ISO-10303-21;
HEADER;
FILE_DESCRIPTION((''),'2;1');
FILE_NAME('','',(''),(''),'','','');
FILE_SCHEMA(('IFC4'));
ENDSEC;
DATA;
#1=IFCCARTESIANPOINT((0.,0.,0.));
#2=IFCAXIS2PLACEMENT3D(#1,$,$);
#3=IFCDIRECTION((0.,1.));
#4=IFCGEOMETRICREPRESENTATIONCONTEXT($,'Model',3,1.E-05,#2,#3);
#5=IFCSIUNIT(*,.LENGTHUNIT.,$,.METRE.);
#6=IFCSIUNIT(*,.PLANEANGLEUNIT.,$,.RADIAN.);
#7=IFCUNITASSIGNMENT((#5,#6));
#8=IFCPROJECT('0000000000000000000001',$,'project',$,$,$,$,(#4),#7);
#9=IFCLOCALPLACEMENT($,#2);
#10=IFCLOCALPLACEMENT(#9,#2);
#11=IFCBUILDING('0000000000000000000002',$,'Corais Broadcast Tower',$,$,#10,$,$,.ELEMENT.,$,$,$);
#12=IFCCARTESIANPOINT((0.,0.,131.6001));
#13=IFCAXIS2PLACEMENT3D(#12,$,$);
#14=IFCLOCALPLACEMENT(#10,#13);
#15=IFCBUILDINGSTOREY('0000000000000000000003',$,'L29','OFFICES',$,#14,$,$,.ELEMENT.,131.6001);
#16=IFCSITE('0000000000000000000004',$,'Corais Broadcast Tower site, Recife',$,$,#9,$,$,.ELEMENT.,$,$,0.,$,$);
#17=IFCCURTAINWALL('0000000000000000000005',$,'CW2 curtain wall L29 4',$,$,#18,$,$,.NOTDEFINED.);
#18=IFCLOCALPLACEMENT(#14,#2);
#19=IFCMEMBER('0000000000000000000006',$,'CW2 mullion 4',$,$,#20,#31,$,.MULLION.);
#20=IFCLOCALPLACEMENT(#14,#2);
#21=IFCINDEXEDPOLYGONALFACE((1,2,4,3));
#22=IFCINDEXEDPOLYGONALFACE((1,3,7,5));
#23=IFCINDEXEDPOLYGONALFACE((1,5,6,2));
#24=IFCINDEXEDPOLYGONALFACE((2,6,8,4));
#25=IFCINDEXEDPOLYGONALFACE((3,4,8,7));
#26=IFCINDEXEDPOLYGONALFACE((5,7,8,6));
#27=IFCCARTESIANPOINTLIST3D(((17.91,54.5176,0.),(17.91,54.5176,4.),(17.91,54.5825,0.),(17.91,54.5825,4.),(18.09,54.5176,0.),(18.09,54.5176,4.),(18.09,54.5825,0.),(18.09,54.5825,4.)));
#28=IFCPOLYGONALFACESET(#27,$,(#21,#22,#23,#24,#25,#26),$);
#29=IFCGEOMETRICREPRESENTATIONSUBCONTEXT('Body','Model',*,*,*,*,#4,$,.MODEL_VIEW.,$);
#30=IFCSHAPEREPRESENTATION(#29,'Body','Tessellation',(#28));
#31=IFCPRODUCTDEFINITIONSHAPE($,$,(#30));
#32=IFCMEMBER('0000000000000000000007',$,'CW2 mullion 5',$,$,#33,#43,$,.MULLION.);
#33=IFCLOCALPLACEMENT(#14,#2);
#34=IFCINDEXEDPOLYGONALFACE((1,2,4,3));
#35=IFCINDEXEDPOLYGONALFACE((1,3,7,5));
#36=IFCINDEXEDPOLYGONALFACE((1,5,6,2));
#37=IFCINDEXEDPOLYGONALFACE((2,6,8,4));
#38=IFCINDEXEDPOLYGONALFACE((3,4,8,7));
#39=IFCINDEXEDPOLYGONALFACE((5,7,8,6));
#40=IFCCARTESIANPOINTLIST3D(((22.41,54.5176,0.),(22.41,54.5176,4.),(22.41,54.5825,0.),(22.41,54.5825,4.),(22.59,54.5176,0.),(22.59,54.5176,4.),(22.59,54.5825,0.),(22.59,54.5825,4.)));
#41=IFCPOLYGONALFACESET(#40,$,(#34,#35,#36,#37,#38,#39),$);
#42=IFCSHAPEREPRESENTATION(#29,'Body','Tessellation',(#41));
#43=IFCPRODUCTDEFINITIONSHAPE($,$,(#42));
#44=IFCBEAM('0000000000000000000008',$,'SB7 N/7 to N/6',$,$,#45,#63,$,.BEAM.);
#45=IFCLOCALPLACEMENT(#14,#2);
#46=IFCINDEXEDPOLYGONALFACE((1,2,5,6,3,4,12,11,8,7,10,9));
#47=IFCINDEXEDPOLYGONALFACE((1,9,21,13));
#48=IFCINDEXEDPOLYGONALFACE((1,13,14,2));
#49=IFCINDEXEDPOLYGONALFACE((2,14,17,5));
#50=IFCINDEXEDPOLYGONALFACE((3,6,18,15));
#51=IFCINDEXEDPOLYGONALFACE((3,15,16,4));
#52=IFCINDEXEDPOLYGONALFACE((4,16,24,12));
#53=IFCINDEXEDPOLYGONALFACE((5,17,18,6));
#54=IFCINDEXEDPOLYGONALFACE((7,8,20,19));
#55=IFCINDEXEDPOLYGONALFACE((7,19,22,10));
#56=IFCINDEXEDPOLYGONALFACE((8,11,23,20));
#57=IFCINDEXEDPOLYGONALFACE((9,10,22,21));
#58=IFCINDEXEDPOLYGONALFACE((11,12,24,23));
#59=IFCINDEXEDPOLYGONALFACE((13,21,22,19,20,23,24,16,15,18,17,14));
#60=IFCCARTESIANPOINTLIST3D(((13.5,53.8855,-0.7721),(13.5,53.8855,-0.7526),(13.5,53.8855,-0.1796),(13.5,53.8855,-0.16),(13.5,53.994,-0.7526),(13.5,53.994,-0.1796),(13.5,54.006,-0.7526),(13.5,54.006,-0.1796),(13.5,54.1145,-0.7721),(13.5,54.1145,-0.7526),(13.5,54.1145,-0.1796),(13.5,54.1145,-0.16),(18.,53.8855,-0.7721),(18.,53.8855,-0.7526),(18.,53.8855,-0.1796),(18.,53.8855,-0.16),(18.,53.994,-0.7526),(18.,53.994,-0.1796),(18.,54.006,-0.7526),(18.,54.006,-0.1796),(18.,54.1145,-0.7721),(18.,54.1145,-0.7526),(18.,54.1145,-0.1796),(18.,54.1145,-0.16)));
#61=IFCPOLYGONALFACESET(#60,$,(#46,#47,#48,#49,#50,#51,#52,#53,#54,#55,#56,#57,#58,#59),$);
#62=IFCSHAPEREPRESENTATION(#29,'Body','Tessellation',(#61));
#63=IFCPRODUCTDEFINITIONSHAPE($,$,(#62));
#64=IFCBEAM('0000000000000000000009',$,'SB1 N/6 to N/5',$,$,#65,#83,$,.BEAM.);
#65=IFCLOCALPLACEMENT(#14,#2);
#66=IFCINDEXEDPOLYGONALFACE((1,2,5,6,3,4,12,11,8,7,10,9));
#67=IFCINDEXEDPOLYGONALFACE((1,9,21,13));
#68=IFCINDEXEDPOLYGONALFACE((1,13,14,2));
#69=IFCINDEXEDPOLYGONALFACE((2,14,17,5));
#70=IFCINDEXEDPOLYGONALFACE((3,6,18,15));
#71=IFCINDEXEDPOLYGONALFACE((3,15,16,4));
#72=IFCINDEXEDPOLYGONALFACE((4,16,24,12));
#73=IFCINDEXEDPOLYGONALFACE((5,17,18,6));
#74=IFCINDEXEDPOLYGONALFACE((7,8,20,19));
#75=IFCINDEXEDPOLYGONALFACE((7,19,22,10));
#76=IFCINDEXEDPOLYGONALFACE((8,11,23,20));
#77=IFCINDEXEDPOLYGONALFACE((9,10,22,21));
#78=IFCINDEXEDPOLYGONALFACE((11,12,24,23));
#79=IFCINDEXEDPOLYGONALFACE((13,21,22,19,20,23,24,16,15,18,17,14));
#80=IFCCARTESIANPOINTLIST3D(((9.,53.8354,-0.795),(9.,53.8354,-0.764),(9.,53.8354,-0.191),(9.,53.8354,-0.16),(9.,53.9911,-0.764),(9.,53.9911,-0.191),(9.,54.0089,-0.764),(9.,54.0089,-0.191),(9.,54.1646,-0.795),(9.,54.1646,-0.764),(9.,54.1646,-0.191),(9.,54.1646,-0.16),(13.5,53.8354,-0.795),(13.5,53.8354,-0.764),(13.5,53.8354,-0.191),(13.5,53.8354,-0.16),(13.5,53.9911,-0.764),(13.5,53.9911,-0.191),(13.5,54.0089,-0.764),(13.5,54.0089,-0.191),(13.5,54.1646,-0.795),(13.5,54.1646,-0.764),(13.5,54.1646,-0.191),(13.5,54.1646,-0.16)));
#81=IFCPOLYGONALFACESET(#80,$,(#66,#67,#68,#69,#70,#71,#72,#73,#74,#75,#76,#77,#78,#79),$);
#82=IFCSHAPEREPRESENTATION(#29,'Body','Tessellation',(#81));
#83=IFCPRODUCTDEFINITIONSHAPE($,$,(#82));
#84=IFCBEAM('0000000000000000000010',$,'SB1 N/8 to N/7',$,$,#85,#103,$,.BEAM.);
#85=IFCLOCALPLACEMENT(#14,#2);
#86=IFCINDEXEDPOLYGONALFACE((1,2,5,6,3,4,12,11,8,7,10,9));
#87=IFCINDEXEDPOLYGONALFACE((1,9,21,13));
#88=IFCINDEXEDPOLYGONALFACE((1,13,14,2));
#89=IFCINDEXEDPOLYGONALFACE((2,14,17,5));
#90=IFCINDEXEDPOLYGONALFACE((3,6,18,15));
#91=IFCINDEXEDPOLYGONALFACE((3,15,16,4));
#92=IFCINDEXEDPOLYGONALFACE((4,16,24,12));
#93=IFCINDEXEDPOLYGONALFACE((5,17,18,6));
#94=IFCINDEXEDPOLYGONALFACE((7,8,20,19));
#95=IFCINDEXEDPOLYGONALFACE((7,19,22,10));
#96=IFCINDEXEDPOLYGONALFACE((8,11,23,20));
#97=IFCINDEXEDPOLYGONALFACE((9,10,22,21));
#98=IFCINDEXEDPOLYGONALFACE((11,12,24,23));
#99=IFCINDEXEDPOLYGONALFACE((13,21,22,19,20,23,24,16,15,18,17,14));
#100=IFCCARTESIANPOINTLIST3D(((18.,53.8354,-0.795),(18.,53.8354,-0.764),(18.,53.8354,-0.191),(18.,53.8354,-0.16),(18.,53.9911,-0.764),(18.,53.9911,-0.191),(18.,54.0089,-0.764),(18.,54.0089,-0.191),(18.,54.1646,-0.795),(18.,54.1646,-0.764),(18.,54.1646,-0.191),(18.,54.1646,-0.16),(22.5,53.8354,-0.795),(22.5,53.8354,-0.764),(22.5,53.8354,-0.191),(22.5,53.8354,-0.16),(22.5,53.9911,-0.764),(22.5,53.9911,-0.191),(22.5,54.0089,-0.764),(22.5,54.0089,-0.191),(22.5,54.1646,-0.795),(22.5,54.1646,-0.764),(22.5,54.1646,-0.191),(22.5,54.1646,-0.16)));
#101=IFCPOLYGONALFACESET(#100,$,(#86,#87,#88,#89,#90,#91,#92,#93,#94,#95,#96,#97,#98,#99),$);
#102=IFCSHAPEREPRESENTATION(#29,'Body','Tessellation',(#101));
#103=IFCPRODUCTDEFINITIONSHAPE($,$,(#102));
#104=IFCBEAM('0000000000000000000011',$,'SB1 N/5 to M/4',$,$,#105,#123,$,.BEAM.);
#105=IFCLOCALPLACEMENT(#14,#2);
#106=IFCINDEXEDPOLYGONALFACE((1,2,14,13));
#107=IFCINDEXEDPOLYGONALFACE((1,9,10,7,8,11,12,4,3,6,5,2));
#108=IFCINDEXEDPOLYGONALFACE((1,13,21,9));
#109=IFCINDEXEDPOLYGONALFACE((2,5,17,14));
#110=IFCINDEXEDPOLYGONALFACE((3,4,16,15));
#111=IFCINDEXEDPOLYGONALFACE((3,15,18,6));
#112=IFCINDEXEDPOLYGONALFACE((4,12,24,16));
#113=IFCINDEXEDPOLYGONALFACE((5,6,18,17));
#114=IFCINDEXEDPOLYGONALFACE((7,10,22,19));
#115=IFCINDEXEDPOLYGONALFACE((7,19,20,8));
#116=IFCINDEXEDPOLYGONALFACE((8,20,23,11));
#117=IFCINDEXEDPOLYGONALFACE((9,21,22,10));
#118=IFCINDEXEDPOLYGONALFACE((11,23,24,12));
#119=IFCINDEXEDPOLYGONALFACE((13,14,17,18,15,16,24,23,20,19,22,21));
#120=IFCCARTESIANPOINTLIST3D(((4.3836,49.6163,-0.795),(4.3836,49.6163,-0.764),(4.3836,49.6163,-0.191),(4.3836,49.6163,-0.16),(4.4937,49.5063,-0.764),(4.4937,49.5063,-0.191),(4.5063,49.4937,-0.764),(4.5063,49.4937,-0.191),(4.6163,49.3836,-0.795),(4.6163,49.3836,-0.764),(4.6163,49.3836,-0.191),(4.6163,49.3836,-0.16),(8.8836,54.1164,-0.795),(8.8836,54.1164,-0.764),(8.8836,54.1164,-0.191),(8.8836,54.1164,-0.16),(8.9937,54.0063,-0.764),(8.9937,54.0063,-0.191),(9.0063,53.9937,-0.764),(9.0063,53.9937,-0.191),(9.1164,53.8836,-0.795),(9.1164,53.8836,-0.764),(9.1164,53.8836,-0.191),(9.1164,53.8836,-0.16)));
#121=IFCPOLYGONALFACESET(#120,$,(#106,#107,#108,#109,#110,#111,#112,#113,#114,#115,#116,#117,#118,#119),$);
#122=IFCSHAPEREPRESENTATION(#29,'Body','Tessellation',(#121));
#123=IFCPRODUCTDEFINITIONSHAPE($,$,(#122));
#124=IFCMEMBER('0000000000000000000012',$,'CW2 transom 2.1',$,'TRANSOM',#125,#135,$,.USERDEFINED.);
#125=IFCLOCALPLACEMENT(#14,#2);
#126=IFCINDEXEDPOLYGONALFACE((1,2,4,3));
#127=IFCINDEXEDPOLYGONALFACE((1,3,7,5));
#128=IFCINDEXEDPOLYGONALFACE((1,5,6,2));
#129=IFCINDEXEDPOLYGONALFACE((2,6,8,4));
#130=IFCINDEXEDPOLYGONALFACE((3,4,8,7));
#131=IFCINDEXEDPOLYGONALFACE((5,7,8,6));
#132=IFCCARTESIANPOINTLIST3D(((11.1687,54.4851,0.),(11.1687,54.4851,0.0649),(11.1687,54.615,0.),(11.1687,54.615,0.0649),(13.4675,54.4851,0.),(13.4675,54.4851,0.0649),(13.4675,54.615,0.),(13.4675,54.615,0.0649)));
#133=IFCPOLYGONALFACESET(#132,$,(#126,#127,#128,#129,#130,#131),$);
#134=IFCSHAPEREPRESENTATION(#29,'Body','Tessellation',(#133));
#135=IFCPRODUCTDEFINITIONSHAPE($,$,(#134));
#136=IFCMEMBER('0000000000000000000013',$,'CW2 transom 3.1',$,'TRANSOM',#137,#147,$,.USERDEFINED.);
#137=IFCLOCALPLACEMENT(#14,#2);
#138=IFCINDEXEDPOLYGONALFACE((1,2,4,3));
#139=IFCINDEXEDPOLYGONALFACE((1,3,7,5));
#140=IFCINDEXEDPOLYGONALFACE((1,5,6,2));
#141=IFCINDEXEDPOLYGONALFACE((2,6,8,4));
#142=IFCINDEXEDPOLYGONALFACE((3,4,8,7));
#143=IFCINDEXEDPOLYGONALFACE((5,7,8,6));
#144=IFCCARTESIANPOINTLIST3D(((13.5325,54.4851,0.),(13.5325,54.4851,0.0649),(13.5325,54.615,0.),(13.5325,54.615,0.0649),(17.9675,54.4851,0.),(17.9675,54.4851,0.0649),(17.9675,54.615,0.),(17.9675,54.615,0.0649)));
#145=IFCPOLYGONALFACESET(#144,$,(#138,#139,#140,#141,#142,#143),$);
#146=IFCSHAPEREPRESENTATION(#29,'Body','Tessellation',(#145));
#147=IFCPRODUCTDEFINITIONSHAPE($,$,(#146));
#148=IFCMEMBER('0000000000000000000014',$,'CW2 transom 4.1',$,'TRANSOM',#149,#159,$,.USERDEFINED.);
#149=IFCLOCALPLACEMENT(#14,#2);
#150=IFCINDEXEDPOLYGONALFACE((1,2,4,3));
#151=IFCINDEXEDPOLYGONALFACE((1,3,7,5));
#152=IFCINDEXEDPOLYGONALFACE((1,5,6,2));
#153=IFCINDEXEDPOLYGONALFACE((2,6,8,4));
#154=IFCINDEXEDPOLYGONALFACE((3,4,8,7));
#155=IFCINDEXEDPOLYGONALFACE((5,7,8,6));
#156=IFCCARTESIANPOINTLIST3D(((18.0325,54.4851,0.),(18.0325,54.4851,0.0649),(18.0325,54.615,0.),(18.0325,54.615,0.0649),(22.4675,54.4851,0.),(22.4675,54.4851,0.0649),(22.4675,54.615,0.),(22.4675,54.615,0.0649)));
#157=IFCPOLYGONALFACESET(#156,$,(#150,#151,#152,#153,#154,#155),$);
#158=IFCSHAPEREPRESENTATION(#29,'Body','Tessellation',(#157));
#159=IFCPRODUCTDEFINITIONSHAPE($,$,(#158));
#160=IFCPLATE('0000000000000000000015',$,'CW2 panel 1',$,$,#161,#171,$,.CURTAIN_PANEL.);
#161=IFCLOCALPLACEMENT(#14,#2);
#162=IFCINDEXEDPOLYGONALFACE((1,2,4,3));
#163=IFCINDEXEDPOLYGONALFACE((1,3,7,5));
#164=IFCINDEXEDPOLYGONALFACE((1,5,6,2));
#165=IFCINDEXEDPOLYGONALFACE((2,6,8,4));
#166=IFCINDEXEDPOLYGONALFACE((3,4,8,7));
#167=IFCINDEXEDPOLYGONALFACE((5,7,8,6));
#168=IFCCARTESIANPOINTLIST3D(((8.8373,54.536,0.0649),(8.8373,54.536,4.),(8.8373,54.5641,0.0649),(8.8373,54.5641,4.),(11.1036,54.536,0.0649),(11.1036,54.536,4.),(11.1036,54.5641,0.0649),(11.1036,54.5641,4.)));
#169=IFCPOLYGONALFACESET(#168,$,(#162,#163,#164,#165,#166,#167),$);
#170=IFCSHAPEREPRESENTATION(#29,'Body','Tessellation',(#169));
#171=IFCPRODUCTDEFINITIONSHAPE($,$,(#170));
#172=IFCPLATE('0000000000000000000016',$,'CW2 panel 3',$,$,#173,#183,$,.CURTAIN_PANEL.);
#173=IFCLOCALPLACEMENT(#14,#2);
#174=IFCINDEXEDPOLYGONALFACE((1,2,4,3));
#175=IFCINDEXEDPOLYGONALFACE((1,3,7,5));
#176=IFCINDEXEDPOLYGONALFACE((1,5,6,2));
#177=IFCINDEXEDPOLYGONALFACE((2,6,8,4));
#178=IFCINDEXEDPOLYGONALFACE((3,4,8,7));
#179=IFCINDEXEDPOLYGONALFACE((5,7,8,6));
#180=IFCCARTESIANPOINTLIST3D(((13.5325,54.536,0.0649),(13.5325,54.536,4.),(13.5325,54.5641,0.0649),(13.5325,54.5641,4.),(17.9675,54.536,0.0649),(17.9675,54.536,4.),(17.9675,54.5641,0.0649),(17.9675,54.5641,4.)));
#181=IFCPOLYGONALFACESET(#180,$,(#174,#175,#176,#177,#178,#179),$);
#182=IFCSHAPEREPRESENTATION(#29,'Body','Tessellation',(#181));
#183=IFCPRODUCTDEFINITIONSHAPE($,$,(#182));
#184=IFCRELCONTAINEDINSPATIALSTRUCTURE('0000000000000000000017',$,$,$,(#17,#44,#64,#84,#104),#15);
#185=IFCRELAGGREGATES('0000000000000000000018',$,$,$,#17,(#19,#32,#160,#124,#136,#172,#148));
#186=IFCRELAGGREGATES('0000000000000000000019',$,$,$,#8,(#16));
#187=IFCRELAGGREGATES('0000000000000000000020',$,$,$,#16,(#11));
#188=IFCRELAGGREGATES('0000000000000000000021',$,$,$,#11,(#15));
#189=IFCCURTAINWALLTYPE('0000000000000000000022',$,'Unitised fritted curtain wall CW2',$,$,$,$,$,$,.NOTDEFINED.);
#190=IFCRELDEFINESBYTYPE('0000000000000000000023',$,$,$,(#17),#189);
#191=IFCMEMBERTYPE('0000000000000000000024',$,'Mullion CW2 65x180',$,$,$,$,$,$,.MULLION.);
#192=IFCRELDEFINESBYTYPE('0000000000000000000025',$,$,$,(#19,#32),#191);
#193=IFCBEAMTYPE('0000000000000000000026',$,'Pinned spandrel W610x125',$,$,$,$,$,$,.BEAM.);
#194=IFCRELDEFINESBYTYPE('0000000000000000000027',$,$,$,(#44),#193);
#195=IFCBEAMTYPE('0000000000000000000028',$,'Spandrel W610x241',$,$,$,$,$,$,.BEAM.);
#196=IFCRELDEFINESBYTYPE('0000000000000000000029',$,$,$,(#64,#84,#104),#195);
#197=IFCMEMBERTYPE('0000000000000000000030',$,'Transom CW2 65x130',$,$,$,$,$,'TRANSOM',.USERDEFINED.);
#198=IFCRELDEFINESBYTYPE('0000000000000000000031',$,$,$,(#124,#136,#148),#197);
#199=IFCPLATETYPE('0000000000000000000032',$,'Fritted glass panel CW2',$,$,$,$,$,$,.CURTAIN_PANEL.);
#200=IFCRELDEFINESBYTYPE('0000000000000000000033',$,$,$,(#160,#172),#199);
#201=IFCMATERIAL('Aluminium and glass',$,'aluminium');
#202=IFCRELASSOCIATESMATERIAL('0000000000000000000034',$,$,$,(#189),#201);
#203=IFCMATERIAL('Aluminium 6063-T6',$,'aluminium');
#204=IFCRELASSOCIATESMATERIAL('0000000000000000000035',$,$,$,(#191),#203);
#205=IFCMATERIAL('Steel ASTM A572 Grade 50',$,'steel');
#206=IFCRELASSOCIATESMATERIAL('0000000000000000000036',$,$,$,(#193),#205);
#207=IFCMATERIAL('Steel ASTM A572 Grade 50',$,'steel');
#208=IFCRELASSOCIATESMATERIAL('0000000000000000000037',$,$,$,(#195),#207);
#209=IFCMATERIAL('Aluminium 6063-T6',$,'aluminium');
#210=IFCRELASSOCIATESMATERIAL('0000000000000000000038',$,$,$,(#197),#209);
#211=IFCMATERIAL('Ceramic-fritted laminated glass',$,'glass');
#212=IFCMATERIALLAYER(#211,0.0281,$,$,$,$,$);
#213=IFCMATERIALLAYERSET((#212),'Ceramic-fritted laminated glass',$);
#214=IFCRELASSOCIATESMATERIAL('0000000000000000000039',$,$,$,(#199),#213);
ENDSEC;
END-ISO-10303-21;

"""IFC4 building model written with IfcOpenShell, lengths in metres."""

from ifc_helpers import new_model, si_unit, direction, frame, origin, origin_2d, place, context, subcontext, project, spatial, rectangle, i_section, extrude, material, layer, layer_set, material_profile, profile_set, type_object, element, aggregate, save


model = new_model("IFC4")

# Units and contexts
model_context = context("Model", 3, precision=1e-05, world=origin(), true_north=direction((0.0, 1.0)))
body_context = subcontext(model_context, "Body", "Model", "MODEL_VIEW")
ifc_project = project(units=[si_unit("LENGTHUNIT", "METRE"), si_unit("PLANEANGLEUNIT", "RADIAN")], contexts=[model_context])

# Site, building, storey
site_placement = place(None, origin())
site = spatial("IfcSite", under=ifc_project, at=site_placement, Name="Corais Broadcast Tower site, Recife", CompositionType="ELEMENT", RefElevation=0.0)
building_placement = place(site_placement, origin())
building = spatial("IfcBuilding", under=site, at=building_placement, Name="Corais Broadcast Tower", CompositionType="ELEMENT")
storey_placement = place(building_placement, frame((0.0, 0.0, 131.6001)))
storey = spatial("IfcBuildingStorey", under=building, at=storey_placement, Name="L29", Description="OFFICES", CompositionType="ELEMENT", Elevation=131.6001)

# Curtain wall, members
ifc_material_1 = material(Name="Aluminium and glass", Category="aluminium")
curtain_wall_type = type_object("IfcCurtainWallType", Name="Unitised fritted curtain wall CW2", PredefinedType="NOTDEFINED", material=ifc_material_1)
curtain_wall_placement = place(storey_placement, origin())
curtain_wall = element("IfcCurtainWall", 1, at=curtain_wall_placement, inside=storey, type_object=curtain_wall_type, Name="CW2 curtain wall L29 4", PredefinedType="NOTDEFINED")
ifc_material_2 = material(Name="Aluminium 6063-T6", Category="aluminium")
ifc_material_profile_1 = material_profile(ifc_material_2, rectangle(XDim=0.0649, YDim=0.1799, at=origin_2d()), Name="Mullion CW2 65x180")
ifc_profile_set_1 = profile_set([ifc_material_profile_1], Name="Aluminium 6063-T6")
member_type_1 = type_object("IfcMemberType", Name="Mullion CW2 65x180", PredefinedType="MULLION", material=ifc_profile_set_1)
member_1_placement = place(storey_placement, frame((18.0, 54.55, 0.0), z_axis=(0.0, 0.0, 1.0), x_axis=(0.0, 1.0, 0.0)))
member_1 = element("IfcMember", 2, at=member_1_placement, type_object=member_type_1, Name="CW2 mullion 4", PredefinedType="MULLION", context=body_context, shape_type="SweptSolid", body=[
    extrude(rectangle(XDim=0.0649, YDim=0.1799, at=origin_2d()), origin(), (0.0, 0.0, 1.0), 4.0),
])
member_2_placement = place(storey_placement, frame((22.5, 54.55, 0.0), z_axis=(0.0, 0.0, 1.0), x_axis=(0.0, 1.0, 0.0)))
member_2 = element("IfcMember", 3, at=member_2_placement, type_object=member_type_1, Name="CW2 mullion 5", PredefinedType="MULLION", context=body_context, shape_type="SweptSolid", body=[
    extrude(rectangle(XDim=0.0649, YDim=0.1799, at=origin_2d()), origin(), (0.0, 0.0, 1.0), 4.0),
])

# Beams
ifc_material_3 = material(Name="Steel ASTM A572 Grade 50", Category="steel")
ifc_material_profile_2 = material_profile(ifc_material_3, i_section(OverallWidth=0.229, OverallDepth=0.6121, WebThickness=0.012, FlangeThickness=0.0195, at=origin_2d()), Name="W610x125")
ifc_profile_set_2 = profile_set([ifc_material_profile_2], Name="Steel ASTM A572 Grade 50")
beam_type_1 = type_object("IfcBeamType", Name="Pinned spandrel W610x125", PredefinedType="BEAM", material=ifc_profile_set_2)
beam_1_placement = place(storey_placement, frame((18.0, 54.0, -0.4661), z_axis=(-1.0, 0.0, 0.0), x_axis=(0.0, -1.0, 0.0)))
element("IfcBeam", 4, at=beam_1_placement, inside=storey, type_object=beam_type_1, Name="SB7 N/7 to N/6", PredefinedType="BEAM", context=body_context, shape_type="SweptSolid", body=[
    extrude(i_section(OverallWidth=0.229, OverallDepth=0.6121, WebThickness=0.012, FlangeThickness=0.0195, at=origin_2d()), origin(), (0.0, 0.0, 1.0), 4.5),
])
ifc_material_4 = material(Name="Steel ASTM A572 Grade 50", Category="steel")
ifc_material_profile_3 = material_profile(ifc_material_4, i_section(OverallWidth=0.3291, OverallDepth=0.635, WebThickness=0.0178, FlangeThickness=0.031, at=origin_2d()), Name="W610x241")
ifc_profile_set_3 = profile_set([ifc_material_profile_3], Name="Steel ASTM A572 Grade 50")
beam_type_2 = type_object("IfcBeamType", Name="Spandrel W610x241", PredefinedType="BEAM", material=ifc_profile_set_3)
for number, where, z_axis, x_axis, name in (
    (5, (13.5, 54.0, -0.4775), (-1.0, 0.0, 0.0), (0.0, -1.0, 0.0), "SB1 N/6 to N/5"),
    (6, (22.5, 54.0, -0.4775), (-1.0, 0.0, 0.0), (0.0, -1.0, 0.0), "SB1 N/8 to N/7"),
):
    element("IfcBeam", number, at=place(storey_placement, frame(where, z_axis=z_axis, x_axis=x_axis)), inside=storey, type_object=beam_type_2, Name=name, PredefinedType="BEAM", context=body_context, shape_type="SweptSolid", body=[
        extrude(i_section(OverallWidth=0.3291, OverallDepth=0.635, WebThickness=0.0178, FlangeThickness=0.031, at=origin_2d()), origin(), (0.0, 0.0, 1.0), 4.5),
    ])
beam_2_placement = place(storey_placement, frame((9.0, 54.0, -0.4775), z_axis=(-0.707107, -0.707107, 0.0), x_axis=(0.707107, -0.707107, 0.0)))
element("IfcBeam", 7, at=beam_2_placement, inside=storey, type_object=beam_type_2, Name="SB1 N/5 to M/4", PredefinedType="BEAM", context=body_context, shape_type="SweptSolid", body=[
    extrude(i_section(OverallWidth=0.3291, OverallDepth=0.635, WebThickness=0.0178, FlangeThickness=0.031, at=origin_2d()), origin(), (0.0, 0.0, 1.0), 6.364),
])

# Members
ifc_material_5 = material(Name="Aluminium 6063-T6", Category="aluminium")
ifc_material_profile_4 = material_profile(ifc_material_5, rectangle(XDim=0.1299, YDim=0.0649, at=origin_2d()), Name="Transom CW2 65x130")
ifc_profile_set_4 = profile_set([ifc_material_profile_4], Name="Aluminium 6063-T6")
member_type_2 = type_object("IfcMemberType", Name="Transom CW2 65x130", ElementType="TRANSOM", PredefinedType="USERDEFINED", material=ifc_profile_set_4)
member_3_placement = place(storey_placement, frame((11.1687, 54.55, 0.0325), z_axis=(1.0, 0.0, 0.0), x_axis=(0.0, 1.0, 0.0)))
member_3 = element("IfcMember", 8, at=member_3_placement, type_object=member_type_2, Name="CW2 transom 2.1", ObjectType="TRANSOM", PredefinedType="USERDEFINED", context=body_context, shape_type="SweptSolid", body=[
    extrude(rectangle(XDim=0.1299, YDim=0.0649, at=origin_2d()), origin(), (0.0, 0.0, 1.0), 2.2988),
])
member_4_placement = place(storey_placement, frame((13.5325, 54.55, 0.0325), z_axis=(1.0, 0.0, 0.0), x_axis=(0.0, 1.0, 0.0)))
member_4 = element("IfcMember", 9, at=member_4_placement, type_object=member_type_2, Name="CW2 transom 3.1", ObjectType="TRANSOM", PredefinedType="USERDEFINED", context=body_context, shape_type="SweptSolid", body=[
    extrude(rectangle(XDim=0.1299, YDim=0.0649, at=origin_2d()), origin(), (0.0, 0.0, 1.0), 4.4351),
])
member_5_placement = place(storey_placement, frame((18.0325, 54.55, 0.0325), z_axis=(1.0, 0.0, 0.0), x_axis=(0.0, 1.0, 0.0)))
member_5 = element("IfcMember", 10, at=member_5_placement, type_object=member_type_2, Name="CW2 transom 4.1", ObjectType="TRANSOM", PredefinedType="USERDEFINED", context=body_context, shape_type="SweptSolid", body=[
    extrude(rectangle(XDim=0.1299, YDim=0.0649, at=origin_2d()), origin(), (0.0, 0.0, 1.0), 4.4351),
])

# Plates
ifc_material_6 = material(Name="Ceramic-fritted laminated glass", Category="glass")
ifc_layer_1 = layer(ifc_material_6, 0.0281)
ifc_layer_set_1 = layer_set([ifc_layer_1], Name="Ceramic-fritted laminated glass")
plate_type_1 = type_object("IfcPlateType", Name="Fritted glass panel CW2", PredefinedType="CURTAIN_PANEL", material=ifc_layer_set_1)
plate_1_placement = place(storey_placement, frame((9.9705, 54.55, 0.0649), z_axis=(0.0, 0.0, 1.0), x_axis=(1.0, 0.0, 0.0)))
plate_1 = element("IfcPlate", 11, at=plate_1_placement, type_object=plate_type_1, Name="CW2 panel 1", PredefinedType="CURTAIN_PANEL", context=body_context, shape_type="SweptSolid", body=[
    extrude(rectangle(XDim=2.2664, YDim=0.0281, at=origin_2d()), origin(), (0.0, 0.0, 1.0), 3.9351),
])
plate_2_placement = place(storey_placement, frame((15.75, 54.55, 0.0649), z_axis=(0.0, 0.0, 1.0), x_axis=(1.0, 0.0, 0.0)))
plate_2 = element("IfcPlate", 12, at=plate_2_placement, type_object=plate_type_1, Name="CW2 panel 3", PredefinedType="CURTAIN_PANEL", context=body_context, shape_type="SweptSolid", body=[
    extrude(rectangle(XDim=4.4351, YDim=0.0281, at=origin_2d()), origin(), (0.0, 0.0, 1.0), 3.9351),
])
aggregate(curtain_wall, [member_1, member_2, plate_1, member_3, member_4, plate_2, member_5])

save(model, "model.ifc")
